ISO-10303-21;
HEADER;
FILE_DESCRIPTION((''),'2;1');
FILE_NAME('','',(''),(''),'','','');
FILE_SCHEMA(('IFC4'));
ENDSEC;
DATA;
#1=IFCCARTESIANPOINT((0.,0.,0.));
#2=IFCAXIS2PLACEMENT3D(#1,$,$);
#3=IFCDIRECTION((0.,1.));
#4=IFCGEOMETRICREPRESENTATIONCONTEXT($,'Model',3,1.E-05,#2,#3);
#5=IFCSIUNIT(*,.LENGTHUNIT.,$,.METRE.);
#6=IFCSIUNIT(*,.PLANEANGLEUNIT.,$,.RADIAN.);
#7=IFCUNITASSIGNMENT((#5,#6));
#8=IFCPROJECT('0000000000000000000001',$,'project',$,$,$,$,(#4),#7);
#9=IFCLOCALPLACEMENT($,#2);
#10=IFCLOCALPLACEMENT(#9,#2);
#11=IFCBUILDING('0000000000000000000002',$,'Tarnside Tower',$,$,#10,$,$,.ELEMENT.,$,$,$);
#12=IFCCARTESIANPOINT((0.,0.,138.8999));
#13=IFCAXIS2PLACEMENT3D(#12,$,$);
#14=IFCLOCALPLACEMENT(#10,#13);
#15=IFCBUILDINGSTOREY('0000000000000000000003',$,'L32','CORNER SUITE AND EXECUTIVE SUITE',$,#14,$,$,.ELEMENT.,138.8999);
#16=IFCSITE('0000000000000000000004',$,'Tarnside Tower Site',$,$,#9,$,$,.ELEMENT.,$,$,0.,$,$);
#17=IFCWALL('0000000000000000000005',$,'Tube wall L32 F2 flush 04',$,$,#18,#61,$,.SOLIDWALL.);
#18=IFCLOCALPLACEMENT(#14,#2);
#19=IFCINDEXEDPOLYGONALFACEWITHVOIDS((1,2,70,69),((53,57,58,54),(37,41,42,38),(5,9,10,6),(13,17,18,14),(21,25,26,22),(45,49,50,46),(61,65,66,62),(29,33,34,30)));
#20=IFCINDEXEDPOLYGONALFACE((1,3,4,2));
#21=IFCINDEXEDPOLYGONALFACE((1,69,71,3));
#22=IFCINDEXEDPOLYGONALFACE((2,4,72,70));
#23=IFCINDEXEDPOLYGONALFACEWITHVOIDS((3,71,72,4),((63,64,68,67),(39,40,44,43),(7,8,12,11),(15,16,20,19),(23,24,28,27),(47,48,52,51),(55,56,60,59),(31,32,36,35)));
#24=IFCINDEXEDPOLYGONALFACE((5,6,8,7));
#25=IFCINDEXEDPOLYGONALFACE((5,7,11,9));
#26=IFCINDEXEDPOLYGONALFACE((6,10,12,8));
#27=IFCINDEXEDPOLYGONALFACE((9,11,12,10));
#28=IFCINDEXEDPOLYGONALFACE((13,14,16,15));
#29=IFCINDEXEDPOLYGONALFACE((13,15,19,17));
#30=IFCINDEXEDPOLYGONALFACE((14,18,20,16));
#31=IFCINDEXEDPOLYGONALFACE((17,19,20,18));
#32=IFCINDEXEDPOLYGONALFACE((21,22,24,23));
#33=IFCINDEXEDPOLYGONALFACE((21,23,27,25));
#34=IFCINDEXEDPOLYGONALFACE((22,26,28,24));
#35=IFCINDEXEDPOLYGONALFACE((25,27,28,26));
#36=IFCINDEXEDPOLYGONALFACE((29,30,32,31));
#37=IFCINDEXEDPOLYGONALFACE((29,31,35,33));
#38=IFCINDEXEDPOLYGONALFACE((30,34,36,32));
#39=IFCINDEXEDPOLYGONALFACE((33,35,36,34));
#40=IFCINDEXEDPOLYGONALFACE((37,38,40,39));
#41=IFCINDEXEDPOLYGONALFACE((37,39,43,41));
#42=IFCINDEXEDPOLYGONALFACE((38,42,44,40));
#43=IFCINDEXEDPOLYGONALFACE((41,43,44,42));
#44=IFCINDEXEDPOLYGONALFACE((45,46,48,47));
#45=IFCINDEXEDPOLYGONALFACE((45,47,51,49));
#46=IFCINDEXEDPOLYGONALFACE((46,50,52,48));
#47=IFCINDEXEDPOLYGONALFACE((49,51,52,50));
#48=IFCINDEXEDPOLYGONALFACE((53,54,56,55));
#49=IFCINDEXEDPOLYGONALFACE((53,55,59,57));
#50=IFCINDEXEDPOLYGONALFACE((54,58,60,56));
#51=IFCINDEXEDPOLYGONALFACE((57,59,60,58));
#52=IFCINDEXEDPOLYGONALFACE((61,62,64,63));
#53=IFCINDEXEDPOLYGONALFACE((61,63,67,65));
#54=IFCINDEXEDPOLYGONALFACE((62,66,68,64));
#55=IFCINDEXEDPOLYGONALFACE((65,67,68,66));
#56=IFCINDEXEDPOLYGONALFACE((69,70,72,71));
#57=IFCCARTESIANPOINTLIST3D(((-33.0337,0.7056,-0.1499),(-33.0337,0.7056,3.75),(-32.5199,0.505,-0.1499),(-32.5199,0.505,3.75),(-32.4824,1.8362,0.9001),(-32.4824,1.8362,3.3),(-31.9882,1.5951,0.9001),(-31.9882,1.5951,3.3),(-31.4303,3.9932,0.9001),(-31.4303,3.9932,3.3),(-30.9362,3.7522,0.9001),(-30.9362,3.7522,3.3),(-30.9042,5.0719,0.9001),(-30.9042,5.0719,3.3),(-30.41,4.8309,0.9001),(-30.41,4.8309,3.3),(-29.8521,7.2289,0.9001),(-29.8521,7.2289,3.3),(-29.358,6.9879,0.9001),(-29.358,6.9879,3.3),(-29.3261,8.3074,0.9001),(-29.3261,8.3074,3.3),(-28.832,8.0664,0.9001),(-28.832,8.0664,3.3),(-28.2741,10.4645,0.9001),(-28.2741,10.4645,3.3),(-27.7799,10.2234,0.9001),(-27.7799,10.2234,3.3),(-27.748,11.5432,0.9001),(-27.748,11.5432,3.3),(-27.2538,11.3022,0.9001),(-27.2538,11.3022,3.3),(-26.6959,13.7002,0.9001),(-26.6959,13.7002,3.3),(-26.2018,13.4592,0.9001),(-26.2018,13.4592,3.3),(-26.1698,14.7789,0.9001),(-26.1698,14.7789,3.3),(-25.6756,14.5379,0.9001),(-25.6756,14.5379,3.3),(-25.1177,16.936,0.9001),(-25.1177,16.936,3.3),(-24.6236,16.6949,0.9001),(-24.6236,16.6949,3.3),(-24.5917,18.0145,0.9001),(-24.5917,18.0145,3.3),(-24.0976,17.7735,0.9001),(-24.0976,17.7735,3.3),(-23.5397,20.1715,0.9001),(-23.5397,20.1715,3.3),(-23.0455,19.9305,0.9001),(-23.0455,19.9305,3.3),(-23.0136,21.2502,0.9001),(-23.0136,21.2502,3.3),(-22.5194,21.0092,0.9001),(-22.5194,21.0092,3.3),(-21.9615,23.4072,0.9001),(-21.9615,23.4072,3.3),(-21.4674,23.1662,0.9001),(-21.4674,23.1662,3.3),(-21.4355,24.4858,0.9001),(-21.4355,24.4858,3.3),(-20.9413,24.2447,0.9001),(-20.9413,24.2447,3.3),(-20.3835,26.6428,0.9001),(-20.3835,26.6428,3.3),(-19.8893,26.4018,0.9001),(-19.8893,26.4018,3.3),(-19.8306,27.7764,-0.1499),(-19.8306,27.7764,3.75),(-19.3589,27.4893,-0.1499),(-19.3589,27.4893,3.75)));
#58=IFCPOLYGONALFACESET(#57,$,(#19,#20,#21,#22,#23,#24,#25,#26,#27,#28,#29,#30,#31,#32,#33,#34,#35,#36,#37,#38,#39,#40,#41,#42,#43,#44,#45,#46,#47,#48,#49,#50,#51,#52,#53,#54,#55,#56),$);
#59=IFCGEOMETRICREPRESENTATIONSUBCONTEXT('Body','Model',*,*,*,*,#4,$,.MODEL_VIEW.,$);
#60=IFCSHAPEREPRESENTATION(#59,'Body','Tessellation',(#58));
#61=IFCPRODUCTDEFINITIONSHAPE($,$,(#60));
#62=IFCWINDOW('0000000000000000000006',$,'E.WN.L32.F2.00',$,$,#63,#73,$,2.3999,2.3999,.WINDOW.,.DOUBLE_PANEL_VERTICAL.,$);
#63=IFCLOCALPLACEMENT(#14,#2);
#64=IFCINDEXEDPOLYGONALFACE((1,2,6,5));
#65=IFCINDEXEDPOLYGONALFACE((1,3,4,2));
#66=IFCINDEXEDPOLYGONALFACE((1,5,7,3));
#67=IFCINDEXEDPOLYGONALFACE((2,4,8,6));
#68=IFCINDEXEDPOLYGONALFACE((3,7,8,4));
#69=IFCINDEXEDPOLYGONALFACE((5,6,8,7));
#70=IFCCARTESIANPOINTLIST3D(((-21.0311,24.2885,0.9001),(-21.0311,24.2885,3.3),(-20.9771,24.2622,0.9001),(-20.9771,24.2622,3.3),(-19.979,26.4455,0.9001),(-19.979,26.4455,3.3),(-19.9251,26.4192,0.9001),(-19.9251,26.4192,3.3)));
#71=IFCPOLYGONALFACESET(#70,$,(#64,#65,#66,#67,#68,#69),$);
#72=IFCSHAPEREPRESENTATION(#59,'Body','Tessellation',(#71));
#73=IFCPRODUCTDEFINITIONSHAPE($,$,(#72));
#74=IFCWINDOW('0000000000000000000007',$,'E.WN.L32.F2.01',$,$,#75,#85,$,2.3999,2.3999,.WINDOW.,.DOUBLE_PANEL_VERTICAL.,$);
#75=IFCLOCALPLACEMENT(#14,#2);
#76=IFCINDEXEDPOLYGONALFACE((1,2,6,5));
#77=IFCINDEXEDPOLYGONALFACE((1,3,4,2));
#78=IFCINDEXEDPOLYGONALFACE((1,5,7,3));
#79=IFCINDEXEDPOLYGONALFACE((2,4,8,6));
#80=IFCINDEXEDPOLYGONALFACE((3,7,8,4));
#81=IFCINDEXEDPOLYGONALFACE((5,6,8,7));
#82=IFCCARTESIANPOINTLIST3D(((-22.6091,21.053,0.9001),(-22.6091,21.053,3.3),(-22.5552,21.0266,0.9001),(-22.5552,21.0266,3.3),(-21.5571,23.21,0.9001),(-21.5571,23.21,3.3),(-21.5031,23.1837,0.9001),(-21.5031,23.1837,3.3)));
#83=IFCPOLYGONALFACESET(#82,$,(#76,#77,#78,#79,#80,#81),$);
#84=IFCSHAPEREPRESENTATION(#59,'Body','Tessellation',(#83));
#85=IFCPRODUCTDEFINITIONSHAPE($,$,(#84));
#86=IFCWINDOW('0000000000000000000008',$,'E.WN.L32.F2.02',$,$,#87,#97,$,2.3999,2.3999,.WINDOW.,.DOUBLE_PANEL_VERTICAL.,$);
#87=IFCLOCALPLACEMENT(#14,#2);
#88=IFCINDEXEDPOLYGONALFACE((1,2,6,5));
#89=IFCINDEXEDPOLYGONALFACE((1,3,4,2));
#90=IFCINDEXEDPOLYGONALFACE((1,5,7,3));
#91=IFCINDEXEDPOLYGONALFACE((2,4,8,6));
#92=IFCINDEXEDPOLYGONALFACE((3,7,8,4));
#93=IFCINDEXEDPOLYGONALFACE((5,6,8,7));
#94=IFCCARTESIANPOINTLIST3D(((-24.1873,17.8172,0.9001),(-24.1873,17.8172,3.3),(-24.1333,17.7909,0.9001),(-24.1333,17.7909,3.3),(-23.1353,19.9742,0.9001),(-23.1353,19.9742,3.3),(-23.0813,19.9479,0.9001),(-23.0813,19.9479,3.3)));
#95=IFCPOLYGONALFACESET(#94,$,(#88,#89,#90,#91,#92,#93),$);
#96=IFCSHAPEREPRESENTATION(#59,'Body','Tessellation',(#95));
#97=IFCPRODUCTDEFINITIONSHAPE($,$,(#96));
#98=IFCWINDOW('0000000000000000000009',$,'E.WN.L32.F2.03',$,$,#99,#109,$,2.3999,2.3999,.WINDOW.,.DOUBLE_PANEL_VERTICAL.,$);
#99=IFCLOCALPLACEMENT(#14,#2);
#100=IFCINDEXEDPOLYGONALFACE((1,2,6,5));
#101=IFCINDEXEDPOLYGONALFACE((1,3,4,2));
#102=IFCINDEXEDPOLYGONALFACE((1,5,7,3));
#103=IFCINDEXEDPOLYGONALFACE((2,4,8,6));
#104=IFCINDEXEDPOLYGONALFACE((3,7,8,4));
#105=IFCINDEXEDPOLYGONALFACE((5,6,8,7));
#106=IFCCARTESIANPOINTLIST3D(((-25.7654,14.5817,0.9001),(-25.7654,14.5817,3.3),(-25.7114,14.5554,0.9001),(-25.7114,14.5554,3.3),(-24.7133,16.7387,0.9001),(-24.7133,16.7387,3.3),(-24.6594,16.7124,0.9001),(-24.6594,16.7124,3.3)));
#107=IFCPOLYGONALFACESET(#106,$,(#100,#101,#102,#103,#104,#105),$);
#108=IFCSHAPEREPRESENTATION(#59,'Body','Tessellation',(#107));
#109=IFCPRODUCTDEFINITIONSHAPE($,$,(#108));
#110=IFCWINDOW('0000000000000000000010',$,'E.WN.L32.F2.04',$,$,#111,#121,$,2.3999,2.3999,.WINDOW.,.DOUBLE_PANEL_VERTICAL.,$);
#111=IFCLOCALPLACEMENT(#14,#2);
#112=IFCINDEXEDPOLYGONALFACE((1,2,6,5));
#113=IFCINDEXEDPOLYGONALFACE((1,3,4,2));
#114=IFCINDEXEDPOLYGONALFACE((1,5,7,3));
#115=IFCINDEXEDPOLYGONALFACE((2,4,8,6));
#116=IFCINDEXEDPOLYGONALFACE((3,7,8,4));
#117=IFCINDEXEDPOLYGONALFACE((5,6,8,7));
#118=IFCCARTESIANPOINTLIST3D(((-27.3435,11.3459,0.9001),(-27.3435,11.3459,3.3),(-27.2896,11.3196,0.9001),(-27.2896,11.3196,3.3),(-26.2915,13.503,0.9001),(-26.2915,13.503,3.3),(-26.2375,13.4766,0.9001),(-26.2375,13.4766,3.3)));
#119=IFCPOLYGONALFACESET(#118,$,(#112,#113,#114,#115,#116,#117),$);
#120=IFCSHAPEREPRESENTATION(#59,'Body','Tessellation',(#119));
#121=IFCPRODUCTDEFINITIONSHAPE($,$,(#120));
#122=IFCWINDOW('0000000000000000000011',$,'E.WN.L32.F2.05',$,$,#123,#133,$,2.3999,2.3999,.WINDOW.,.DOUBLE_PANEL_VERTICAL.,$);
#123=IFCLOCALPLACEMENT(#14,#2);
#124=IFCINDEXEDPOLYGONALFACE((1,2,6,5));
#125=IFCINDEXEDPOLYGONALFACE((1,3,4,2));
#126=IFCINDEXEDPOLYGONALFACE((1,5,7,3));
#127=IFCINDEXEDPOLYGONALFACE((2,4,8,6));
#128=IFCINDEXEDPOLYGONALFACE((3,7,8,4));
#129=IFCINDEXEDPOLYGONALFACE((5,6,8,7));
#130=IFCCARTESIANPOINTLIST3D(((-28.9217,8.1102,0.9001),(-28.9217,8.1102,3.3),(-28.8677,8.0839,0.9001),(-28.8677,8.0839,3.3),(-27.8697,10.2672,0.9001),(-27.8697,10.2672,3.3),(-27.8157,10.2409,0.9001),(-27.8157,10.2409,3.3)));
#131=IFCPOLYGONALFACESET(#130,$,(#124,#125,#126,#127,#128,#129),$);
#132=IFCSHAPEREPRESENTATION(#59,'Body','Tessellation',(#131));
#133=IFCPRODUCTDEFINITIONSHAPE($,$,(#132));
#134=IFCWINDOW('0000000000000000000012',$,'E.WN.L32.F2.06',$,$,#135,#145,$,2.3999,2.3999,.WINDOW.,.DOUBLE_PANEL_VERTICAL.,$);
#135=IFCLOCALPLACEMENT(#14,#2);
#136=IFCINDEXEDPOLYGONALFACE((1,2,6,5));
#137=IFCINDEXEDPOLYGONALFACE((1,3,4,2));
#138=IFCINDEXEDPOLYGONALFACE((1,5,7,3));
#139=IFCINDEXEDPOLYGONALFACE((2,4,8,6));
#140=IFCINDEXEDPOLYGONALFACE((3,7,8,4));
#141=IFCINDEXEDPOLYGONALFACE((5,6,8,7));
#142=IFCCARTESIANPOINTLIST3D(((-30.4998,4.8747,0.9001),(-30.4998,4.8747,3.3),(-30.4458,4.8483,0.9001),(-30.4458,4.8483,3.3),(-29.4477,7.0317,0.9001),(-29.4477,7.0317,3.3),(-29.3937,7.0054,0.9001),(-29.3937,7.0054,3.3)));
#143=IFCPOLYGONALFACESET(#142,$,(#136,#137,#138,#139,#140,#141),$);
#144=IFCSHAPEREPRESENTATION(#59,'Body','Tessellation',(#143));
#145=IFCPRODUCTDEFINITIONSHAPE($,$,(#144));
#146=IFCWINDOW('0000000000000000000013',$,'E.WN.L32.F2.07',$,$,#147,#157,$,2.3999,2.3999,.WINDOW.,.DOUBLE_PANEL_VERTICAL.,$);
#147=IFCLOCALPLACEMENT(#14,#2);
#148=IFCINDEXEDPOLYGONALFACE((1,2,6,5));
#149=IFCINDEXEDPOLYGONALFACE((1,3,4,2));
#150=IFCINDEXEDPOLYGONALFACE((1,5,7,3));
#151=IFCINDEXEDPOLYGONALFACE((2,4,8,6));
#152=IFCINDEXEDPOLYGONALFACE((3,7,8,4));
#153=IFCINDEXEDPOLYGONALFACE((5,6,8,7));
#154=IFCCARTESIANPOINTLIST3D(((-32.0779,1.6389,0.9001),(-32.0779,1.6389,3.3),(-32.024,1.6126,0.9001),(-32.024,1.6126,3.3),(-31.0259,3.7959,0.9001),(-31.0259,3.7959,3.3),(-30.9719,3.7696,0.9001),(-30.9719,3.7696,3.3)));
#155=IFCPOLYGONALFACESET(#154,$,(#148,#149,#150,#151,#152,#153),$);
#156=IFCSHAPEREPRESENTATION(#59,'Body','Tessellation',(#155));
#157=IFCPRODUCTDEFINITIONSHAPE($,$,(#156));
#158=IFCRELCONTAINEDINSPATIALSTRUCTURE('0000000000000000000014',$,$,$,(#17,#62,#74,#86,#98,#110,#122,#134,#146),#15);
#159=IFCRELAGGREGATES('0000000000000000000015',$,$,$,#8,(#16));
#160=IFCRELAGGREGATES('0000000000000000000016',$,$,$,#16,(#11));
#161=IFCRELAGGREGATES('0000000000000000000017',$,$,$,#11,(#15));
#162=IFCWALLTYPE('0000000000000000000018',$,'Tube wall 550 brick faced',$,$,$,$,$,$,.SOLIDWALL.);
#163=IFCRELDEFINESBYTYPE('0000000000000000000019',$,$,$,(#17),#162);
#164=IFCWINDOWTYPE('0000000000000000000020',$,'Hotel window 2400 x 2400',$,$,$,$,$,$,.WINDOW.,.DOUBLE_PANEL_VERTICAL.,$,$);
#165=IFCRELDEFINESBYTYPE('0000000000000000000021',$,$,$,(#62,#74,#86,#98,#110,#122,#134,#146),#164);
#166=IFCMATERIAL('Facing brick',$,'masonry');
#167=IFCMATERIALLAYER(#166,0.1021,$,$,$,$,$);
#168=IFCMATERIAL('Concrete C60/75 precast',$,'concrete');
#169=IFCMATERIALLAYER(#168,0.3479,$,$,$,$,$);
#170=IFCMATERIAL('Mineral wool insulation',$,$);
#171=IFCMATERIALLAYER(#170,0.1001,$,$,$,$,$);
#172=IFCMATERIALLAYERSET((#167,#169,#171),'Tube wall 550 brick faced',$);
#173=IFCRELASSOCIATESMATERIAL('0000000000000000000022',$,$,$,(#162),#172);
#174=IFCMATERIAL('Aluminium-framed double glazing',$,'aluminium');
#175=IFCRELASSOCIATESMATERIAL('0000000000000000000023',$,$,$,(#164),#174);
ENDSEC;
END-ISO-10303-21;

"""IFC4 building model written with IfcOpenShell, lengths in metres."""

from ifc_helpers import new_model, si_unit, direction, frame, frame_2d, origin, place, context, subcontext, project, spatial, polyline, rectangle, outline, extrude, material, layer, layer_set, type_object, element, fill, save


model = new_model("IFC4")

# Units and contexts
model_context = context("Model", 3, precision=1e-05, world=origin(), true_north=direction((0.0, 1.0)))
body_context = subcontext(model_context, "Body", "Model", "MODEL_VIEW")
ifc_project = project(units=[si_unit("LENGTHUNIT", "METRE"), si_unit("PLANEANGLEUNIT", "RADIAN")], contexts=[model_context])

# Site, building, storey
site_placement = place(None, origin())
site = spatial("IfcSite", under=ifc_project, at=site_placement, Name="Tarnside Tower Site", CompositionType="ELEMENT", RefElevation=0.0)
building_placement = place(site_placement, origin())
building = spatial("IfcBuilding", under=site, at=building_placement, Name="Tarnside Tower", CompositionType="ELEMENT")
storey_placement = place(building_placement, frame((0.0, 0.0, 138.8999)))
storey = spatial("IfcBuildingStorey", under=building, at=storey_placement, Name="L32", Description="CORNER SUITE AND EXECUTIVE SUITE", CompositionType="ELEMENT", Elevation=138.8999)

# Shared definitions
ifc_material_1 = material(Name="Facing brick", Category="masonry")
ifc_layer_1 = layer(ifc_material_1, 0.1021)
ifc_material_2 = material(Name="Concrete C60/75 precast", Category="concrete")
ifc_layer_2 = layer(ifc_material_2, 0.3479)
ifc_material_3 = material(Name="Mineral wool insulation")
ifc_layer_3 = layer(ifc_material_3, 0.1001)
ifc_layer_set_1 = layer_set([ifc_layer_1, ifc_layer_2, ifc_layer_3], Name="Tube wall 550 brick faced")
wall_type_1 = type_object("IfcWallType", Name="Tube wall 550 brick faced", PredefinedType="SOLIDWALL", material=ifc_layer_set_1)

# Wall, openings, windows
wall_1_placement = place(storey_placement, frame((-19.5947, 27.6328, -0.1499), z_axis=(0.0, 0.0, 1.0), x_axis=(-0.438368, -0.898795, 0.0)))
wall_1 = element("IfcWall", 1, at=wall_1_placement, inside=storey, type_object=wall_type_1, Name="Tube wall L32 F2 flush 04", PredefinedType="SOLIDWALL", context=body_context, shape_type="SweptSolid", body=[
    extrude(outline(polyline([(-0.0256, -0.2749), (30.0933, -0.2749), (30.0483, 0.2749), (0.0256, 0.2749), (-0.0256, -0.2749)])), origin(), (0.0, 0.0, 1.0), 3.8999),
])
opening_1_placement = place(wall_1_placement, frame((1.2356, 0.0, 1.05)))
opening_1 = element("IfcOpeningElement", 2, at=opening_1_placement, cuts=wall_1, PredefinedType="OPENING", context=body_context, shape_type="SweptSolid", body=[
    extrude(rectangle(XDim=2.3999, YDim=2.3999, at=frame_2d((1.2, 1.2))), frame((0.0, 0.2852, 0.0), z_axis=(0.0, -1.0, 0.0), x_axis=(1.0, 0.0, 0.0)), (0.0, 0.0, 1.0), 0.5701),
])
opening_2_placement = place(wall_1_placement, frame((4.8354, 0.0, 1.05)))
opening_2 = element("IfcOpeningElement", 3, at=opening_2_placement, cuts=wall_1, PredefinedType="OPENING", context=body_context, shape_type="SweptSolid", body=[
    extrude(rectangle(XDim=2.3999, YDim=2.3999, at=frame_2d((1.2, 1.2))), frame((0.0, 0.2852, 0.0), z_axis=(0.0, -1.0, 0.0), x_axis=(1.0, 0.0, 0.0)), (0.0, 0.0, 1.0), 0.5701),
])
opening_3_placement = place(wall_1_placement, frame((8.4355, 0.0, 1.05)))
opening_3 = element("IfcOpeningElement", 4, at=opening_3_placement, cuts=wall_1, PredefinedType="OPENING", context=body_context, shape_type="SweptSolid", body=[
    extrude(rectangle(XDim=2.3999, YDim=2.3999, at=frame_2d((1.2, 1.2))), frame((0.0, 0.2852, 0.0), z_axis=(0.0, -1.0, 0.0), x_axis=(1.0, 0.0, 0.0)), (0.0, 0.0, 1.0), 0.5701),
])
opening_4_placement = place(wall_1_placement, frame((12.0354, 0.0, 1.05)))
opening_4 = element("IfcOpeningElement", 5, at=opening_4_placement, cuts=wall_1, PredefinedType="OPENING", context=body_context, shape_type="SweptSolid", body=[
    extrude(rectangle(XDim=2.3999, YDim=2.3999, at=frame_2d((1.2, 1.2))), frame((0.0, 0.2852, 0.0), z_axis=(0.0, -1.0, 0.0), x_axis=(1.0, 0.0, 0.0)), (0.0, 0.0, 1.0), 0.5701),
])
opening_5_placement = place(wall_1_placement, frame((15.6355, 0.0, 1.05)))
opening_5 = element("IfcOpeningElement", 6, at=opening_5_placement, cuts=wall_1, PredefinedType="OPENING", context=body_context, shape_type="SweptSolid", body=[
    extrude(rectangle(XDim=2.3999, YDim=2.3999, at=frame_2d((1.2, 1.2))), frame((0.0, 0.2852, 0.0), z_axis=(0.0, -1.0, 0.0), x_axis=(1.0, 0.0, 0.0)), (0.0, 0.0, 1.0), 0.5701),
])
opening_6_placement = place(wall_1_placement, frame((19.2356, 0.0, 1.05)))
opening_6 = element("IfcOpeningElement", 7, at=opening_6_placement, cuts=wall_1, PredefinedType="OPENING", context=body_context, shape_type="SweptSolid", body=[
    extrude(rectangle(XDim=2.3999, YDim=2.3999, at=frame_2d((1.2, 1.2))), frame((0.0, 0.2852, 0.0), z_axis=(0.0, -1.0, 0.0), x_axis=(1.0, 0.0, 0.0)), (0.0, 0.0, 1.0), 0.5701),
])
opening_7_placement = place(wall_1_placement, frame((22.8354, 0.0, 1.05)))
opening_7 = element("IfcOpeningElement", 8, at=opening_7_placement, cuts=wall_1, PredefinedType="OPENING", context=body_context, shape_type="SweptSolid", body=[
    extrude(rectangle(XDim=2.3999, YDim=2.3999, at=frame_2d((1.2, 1.2))), frame((0.0, 0.2852, 0.0), z_axis=(0.0, -1.0, 0.0), x_axis=(1.0, 0.0, 0.0)), (0.0, 0.0, 1.0), 0.5701),
])
opening_8_placement = place(wall_1_placement, frame((26.4355, 0.0, 1.05)))
opening_8 = element("IfcOpeningElement", 9, at=opening_8_placement, cuts=wall_1, PredefinedType="OPENING", context=body_context, shape_type="SweptSolid", body=[
    extrude(rectangle(XDim=2.3999, YDim=2.3999, at=frame_2d((1.2, 1.2))), frame((0.0, 0.2852, 0.0), z_axis=(0.0, -1.0, 0.0), x_axis=(1.0, 0.0, 0.0)), (0.0, 0.0, 1.0), 0.5701),
])
ifc_material_4 = material(Name="Aluminium-framed double glazing", Category="aluminium")
window_type = type_object("IfcWindowType", Name="Hotel window 2400 x 2400", PartitioningType="DOUBLE_PANEL_VERTICAL", PredefinedType="WINDOW", material=ifc_material_4)
window_1_placement = place(opening_1_placement, frame((0.0, 0.2051, 0.0)))
window_1 = element("IfcWindow", 10, at=window_1_placement, inside=storey, type_object=window_type, Name="E.WN.L32.F2.00", OverallHeight=2.3999, OverallWidth=2.3999, PartitioningType="DOUBLE_PANEL_VERTICAL", PredefinedType="WINDOW", context=body_context, shape_type="SweptSolid", body=[
    extrude(rectangle(XDim=2.3999, YDim=2.3999, at=frame_2d((1.2, 1.2))), frame((0.0, 0.03, 0.0), z_axis=(0.0, -1.0, 0.0), x_axis=(1.0, 0.0, 0.0)), (0.0, 0.0, 1.0), 0.0601),
])
fill(opening_1, window_1)
window_2_placement = place(opening_2_placement, frame((0.0, 0.2051, 0.0)))
window_2 = element("IfcWindow", 11, at=window_2_placement, inside=storey, type_object=window_type, Name="E.WN.L32.F2.01", OverallHeight=2.3999, OverallWidth=2.3999, PartitioningType="DOUBLE_PANEL_VERTICAL", PredefinedType="WINDOW", context=body_context, shape_type="SweptSolid", body=[
    extrude(rectangle(XDim=2.3999, YDim=2.3999, at=frame_2d((1.2, 1.2))), frame((0.0, 0.03, 0.0), z_axis=(0.0, -1.0, 0.0), x_axis=(1.0, 0.0, 0.0)), (0.0, 0.0, 1.0), 0.0601),
])
fill(opening_2, window_2)
window_3_placement = place(opening_3_placement, frame((0.0, 0.2051, 0.0)))
window_3 = element("IfcWindow", 12, at=window_3_placement, inside=storey, type_object=window_type, Name="E.WN.L32.F2.02", OverallHeight=2.3999, OverallWidth=2.3999, PartitioningType="DOUBLE_PANEL_VERTICAL", PredefinedType="WINDOW", context=body_context, shape_type="SweptSolid", body=[
    extrude(rectangle(XDim=2.3999, YDim=2.3999, at=frame_2d((1.2, 1.2))), frame((0.0, 0.03, 0.0), z_axis=(0.0, -1.0, 0.0), x_axis=(1.0, 0.0, 0.0)), (0.0, 0.0, 1.0), 0.0601),
])
fill(opening_3, window_3)
window_4_placement = place(opening_4_placement, frame((0.0, 0.2051, 0.0)))
window_4 = element("IfcWindow", 13, at=window_4_placement, inside=storey, type_object=window_type, Name="E.WN.L32.F2.03", OverallHeight=2.3999, OverallWidth=2.3999, PartitioningType="DOUBLE_PANEL_VERTICAL", PredefinedType="WINDOW", context=body_context, shape_type="SweptSolid", body=[
    extrude(rectangle(XDim=2.3999, YDim=2.3999, at=frame_2d((1.2, 1.2))), frame((0.0, 0.03, 0.0), z_axis=(0.0, -1.0, 0.0), x_axis=(1.0, 0.0, 0.0)), (0.0, 0.0, 1.0), 0.0601),
])
fill(opening_4, window_4)
window_5_placement = place(opening_5_placement, frame((0.0, 0.2051, 0.0)))
window_5 = element("IfcWindow", 14, at=window_5_placement, inside=storey, type_object=window_type, Name="E.WN.L32.F2.04", OverallHeight=2.3999, OverallWidth=2.3999, PartitioningType="DOUBLE_PANEL_VERTICAL", PredefinedType="WINDOW", context=body_context, shape_type="SweptSolid", body=[
    extrude(rectangle(XDim=2.3999, YDim=2.3999, at=frame_2d((1.2, 1.2))), frame((0.0, 0.03, 0.0), z_axis=(0.0, -1.0, 0.0), x_axis=(1.0, 0.0, 0.0)), (0.0, 0.0, 1.0), 0.0601),
])
fill(opening_5, window_5)
window_6_placement = place(opening_6_placement, frame((0.0, 0.2051, 0.0)))
window_6 = element("IfcWindow", 15, at=window_6_placement, inside=storey, type_object=window_type, Name="E.WN.L32.F2.05", OverallHeight=2.3999, OverallWidth=2.3999, PartitioningType="DOUBLE_PANEL_VERTICAL", PredefinedType="WINDOW", context=body_context, shape_type="SweptSolid", body=[
    extrude(rectangle(XDim=2.3999, YDim=2.3999, at=frame_2d((1.2, 1.2))), frame((0.0, 0.03, 0.0), z_axis=(0.0, -1.0, 0.0), x_axis=(1.0, 0.0, 0.0)), (0.0, 0.0, 1.0), 0.0601),
])
fill(opening_6, window_6)
window_7_placement = place(opening_7_placement, frame((0.0, 0.2051, 0.0)))
window_7 = element("IfcWindow", 16, at=window_7_placement, inside=storey, type_object=window_type, Name="E.WN.L32.F2.06", OverallHeight=2.3999, OverallWidth=2.3999, PartitioningType="DOUBLE_PANEL_VERTICAL", PredefinedType="WINDOW", context=body_context, shape_type="SweptSolid", body=[
    extrude(rectangle(XDim=2.3999, YDim=2.3999, at=frame_2d((1.2, 1.2))), frame((0.0, 0.03, 0.0), z_axis=(0.0, -1.0, 0.0), x_axis=(1.0, 0.0, 0.0)), (0.0, 0.0, 1.0), 0.0601),
])
fill(opening_7, window_7)
window_8_placement = place(opening_8_placement, frame((0.0, 0.2051, 0.0)))
window_8 = element("IfcWindow", 17, at=window_8_placement, inside=storey, type_object=window_type, Name="E.WN.L32.F2.07", OverallHeight=2.3999, OverallWidth=2.3999, PartitioningType="DOUBLE_PANEL_VERTICAL", PredefinedType="WINDOW", context=body_context, shape_type="SweptSolid", body=[
    extrude(rectangle(XDim=2.3999, YDim=2.3999, at=frame_2d((1.2, 1.2))), frame((0.0, 0.03, 0.0), z_axis=(0.0, -1.0, 0.0), x_axis=(1.0, 0.0, 0.0)), (0.0, 0.0, 1.0), 0.0601),
])
fill(opening_8, window_8)

save(model, "model.ifc")
